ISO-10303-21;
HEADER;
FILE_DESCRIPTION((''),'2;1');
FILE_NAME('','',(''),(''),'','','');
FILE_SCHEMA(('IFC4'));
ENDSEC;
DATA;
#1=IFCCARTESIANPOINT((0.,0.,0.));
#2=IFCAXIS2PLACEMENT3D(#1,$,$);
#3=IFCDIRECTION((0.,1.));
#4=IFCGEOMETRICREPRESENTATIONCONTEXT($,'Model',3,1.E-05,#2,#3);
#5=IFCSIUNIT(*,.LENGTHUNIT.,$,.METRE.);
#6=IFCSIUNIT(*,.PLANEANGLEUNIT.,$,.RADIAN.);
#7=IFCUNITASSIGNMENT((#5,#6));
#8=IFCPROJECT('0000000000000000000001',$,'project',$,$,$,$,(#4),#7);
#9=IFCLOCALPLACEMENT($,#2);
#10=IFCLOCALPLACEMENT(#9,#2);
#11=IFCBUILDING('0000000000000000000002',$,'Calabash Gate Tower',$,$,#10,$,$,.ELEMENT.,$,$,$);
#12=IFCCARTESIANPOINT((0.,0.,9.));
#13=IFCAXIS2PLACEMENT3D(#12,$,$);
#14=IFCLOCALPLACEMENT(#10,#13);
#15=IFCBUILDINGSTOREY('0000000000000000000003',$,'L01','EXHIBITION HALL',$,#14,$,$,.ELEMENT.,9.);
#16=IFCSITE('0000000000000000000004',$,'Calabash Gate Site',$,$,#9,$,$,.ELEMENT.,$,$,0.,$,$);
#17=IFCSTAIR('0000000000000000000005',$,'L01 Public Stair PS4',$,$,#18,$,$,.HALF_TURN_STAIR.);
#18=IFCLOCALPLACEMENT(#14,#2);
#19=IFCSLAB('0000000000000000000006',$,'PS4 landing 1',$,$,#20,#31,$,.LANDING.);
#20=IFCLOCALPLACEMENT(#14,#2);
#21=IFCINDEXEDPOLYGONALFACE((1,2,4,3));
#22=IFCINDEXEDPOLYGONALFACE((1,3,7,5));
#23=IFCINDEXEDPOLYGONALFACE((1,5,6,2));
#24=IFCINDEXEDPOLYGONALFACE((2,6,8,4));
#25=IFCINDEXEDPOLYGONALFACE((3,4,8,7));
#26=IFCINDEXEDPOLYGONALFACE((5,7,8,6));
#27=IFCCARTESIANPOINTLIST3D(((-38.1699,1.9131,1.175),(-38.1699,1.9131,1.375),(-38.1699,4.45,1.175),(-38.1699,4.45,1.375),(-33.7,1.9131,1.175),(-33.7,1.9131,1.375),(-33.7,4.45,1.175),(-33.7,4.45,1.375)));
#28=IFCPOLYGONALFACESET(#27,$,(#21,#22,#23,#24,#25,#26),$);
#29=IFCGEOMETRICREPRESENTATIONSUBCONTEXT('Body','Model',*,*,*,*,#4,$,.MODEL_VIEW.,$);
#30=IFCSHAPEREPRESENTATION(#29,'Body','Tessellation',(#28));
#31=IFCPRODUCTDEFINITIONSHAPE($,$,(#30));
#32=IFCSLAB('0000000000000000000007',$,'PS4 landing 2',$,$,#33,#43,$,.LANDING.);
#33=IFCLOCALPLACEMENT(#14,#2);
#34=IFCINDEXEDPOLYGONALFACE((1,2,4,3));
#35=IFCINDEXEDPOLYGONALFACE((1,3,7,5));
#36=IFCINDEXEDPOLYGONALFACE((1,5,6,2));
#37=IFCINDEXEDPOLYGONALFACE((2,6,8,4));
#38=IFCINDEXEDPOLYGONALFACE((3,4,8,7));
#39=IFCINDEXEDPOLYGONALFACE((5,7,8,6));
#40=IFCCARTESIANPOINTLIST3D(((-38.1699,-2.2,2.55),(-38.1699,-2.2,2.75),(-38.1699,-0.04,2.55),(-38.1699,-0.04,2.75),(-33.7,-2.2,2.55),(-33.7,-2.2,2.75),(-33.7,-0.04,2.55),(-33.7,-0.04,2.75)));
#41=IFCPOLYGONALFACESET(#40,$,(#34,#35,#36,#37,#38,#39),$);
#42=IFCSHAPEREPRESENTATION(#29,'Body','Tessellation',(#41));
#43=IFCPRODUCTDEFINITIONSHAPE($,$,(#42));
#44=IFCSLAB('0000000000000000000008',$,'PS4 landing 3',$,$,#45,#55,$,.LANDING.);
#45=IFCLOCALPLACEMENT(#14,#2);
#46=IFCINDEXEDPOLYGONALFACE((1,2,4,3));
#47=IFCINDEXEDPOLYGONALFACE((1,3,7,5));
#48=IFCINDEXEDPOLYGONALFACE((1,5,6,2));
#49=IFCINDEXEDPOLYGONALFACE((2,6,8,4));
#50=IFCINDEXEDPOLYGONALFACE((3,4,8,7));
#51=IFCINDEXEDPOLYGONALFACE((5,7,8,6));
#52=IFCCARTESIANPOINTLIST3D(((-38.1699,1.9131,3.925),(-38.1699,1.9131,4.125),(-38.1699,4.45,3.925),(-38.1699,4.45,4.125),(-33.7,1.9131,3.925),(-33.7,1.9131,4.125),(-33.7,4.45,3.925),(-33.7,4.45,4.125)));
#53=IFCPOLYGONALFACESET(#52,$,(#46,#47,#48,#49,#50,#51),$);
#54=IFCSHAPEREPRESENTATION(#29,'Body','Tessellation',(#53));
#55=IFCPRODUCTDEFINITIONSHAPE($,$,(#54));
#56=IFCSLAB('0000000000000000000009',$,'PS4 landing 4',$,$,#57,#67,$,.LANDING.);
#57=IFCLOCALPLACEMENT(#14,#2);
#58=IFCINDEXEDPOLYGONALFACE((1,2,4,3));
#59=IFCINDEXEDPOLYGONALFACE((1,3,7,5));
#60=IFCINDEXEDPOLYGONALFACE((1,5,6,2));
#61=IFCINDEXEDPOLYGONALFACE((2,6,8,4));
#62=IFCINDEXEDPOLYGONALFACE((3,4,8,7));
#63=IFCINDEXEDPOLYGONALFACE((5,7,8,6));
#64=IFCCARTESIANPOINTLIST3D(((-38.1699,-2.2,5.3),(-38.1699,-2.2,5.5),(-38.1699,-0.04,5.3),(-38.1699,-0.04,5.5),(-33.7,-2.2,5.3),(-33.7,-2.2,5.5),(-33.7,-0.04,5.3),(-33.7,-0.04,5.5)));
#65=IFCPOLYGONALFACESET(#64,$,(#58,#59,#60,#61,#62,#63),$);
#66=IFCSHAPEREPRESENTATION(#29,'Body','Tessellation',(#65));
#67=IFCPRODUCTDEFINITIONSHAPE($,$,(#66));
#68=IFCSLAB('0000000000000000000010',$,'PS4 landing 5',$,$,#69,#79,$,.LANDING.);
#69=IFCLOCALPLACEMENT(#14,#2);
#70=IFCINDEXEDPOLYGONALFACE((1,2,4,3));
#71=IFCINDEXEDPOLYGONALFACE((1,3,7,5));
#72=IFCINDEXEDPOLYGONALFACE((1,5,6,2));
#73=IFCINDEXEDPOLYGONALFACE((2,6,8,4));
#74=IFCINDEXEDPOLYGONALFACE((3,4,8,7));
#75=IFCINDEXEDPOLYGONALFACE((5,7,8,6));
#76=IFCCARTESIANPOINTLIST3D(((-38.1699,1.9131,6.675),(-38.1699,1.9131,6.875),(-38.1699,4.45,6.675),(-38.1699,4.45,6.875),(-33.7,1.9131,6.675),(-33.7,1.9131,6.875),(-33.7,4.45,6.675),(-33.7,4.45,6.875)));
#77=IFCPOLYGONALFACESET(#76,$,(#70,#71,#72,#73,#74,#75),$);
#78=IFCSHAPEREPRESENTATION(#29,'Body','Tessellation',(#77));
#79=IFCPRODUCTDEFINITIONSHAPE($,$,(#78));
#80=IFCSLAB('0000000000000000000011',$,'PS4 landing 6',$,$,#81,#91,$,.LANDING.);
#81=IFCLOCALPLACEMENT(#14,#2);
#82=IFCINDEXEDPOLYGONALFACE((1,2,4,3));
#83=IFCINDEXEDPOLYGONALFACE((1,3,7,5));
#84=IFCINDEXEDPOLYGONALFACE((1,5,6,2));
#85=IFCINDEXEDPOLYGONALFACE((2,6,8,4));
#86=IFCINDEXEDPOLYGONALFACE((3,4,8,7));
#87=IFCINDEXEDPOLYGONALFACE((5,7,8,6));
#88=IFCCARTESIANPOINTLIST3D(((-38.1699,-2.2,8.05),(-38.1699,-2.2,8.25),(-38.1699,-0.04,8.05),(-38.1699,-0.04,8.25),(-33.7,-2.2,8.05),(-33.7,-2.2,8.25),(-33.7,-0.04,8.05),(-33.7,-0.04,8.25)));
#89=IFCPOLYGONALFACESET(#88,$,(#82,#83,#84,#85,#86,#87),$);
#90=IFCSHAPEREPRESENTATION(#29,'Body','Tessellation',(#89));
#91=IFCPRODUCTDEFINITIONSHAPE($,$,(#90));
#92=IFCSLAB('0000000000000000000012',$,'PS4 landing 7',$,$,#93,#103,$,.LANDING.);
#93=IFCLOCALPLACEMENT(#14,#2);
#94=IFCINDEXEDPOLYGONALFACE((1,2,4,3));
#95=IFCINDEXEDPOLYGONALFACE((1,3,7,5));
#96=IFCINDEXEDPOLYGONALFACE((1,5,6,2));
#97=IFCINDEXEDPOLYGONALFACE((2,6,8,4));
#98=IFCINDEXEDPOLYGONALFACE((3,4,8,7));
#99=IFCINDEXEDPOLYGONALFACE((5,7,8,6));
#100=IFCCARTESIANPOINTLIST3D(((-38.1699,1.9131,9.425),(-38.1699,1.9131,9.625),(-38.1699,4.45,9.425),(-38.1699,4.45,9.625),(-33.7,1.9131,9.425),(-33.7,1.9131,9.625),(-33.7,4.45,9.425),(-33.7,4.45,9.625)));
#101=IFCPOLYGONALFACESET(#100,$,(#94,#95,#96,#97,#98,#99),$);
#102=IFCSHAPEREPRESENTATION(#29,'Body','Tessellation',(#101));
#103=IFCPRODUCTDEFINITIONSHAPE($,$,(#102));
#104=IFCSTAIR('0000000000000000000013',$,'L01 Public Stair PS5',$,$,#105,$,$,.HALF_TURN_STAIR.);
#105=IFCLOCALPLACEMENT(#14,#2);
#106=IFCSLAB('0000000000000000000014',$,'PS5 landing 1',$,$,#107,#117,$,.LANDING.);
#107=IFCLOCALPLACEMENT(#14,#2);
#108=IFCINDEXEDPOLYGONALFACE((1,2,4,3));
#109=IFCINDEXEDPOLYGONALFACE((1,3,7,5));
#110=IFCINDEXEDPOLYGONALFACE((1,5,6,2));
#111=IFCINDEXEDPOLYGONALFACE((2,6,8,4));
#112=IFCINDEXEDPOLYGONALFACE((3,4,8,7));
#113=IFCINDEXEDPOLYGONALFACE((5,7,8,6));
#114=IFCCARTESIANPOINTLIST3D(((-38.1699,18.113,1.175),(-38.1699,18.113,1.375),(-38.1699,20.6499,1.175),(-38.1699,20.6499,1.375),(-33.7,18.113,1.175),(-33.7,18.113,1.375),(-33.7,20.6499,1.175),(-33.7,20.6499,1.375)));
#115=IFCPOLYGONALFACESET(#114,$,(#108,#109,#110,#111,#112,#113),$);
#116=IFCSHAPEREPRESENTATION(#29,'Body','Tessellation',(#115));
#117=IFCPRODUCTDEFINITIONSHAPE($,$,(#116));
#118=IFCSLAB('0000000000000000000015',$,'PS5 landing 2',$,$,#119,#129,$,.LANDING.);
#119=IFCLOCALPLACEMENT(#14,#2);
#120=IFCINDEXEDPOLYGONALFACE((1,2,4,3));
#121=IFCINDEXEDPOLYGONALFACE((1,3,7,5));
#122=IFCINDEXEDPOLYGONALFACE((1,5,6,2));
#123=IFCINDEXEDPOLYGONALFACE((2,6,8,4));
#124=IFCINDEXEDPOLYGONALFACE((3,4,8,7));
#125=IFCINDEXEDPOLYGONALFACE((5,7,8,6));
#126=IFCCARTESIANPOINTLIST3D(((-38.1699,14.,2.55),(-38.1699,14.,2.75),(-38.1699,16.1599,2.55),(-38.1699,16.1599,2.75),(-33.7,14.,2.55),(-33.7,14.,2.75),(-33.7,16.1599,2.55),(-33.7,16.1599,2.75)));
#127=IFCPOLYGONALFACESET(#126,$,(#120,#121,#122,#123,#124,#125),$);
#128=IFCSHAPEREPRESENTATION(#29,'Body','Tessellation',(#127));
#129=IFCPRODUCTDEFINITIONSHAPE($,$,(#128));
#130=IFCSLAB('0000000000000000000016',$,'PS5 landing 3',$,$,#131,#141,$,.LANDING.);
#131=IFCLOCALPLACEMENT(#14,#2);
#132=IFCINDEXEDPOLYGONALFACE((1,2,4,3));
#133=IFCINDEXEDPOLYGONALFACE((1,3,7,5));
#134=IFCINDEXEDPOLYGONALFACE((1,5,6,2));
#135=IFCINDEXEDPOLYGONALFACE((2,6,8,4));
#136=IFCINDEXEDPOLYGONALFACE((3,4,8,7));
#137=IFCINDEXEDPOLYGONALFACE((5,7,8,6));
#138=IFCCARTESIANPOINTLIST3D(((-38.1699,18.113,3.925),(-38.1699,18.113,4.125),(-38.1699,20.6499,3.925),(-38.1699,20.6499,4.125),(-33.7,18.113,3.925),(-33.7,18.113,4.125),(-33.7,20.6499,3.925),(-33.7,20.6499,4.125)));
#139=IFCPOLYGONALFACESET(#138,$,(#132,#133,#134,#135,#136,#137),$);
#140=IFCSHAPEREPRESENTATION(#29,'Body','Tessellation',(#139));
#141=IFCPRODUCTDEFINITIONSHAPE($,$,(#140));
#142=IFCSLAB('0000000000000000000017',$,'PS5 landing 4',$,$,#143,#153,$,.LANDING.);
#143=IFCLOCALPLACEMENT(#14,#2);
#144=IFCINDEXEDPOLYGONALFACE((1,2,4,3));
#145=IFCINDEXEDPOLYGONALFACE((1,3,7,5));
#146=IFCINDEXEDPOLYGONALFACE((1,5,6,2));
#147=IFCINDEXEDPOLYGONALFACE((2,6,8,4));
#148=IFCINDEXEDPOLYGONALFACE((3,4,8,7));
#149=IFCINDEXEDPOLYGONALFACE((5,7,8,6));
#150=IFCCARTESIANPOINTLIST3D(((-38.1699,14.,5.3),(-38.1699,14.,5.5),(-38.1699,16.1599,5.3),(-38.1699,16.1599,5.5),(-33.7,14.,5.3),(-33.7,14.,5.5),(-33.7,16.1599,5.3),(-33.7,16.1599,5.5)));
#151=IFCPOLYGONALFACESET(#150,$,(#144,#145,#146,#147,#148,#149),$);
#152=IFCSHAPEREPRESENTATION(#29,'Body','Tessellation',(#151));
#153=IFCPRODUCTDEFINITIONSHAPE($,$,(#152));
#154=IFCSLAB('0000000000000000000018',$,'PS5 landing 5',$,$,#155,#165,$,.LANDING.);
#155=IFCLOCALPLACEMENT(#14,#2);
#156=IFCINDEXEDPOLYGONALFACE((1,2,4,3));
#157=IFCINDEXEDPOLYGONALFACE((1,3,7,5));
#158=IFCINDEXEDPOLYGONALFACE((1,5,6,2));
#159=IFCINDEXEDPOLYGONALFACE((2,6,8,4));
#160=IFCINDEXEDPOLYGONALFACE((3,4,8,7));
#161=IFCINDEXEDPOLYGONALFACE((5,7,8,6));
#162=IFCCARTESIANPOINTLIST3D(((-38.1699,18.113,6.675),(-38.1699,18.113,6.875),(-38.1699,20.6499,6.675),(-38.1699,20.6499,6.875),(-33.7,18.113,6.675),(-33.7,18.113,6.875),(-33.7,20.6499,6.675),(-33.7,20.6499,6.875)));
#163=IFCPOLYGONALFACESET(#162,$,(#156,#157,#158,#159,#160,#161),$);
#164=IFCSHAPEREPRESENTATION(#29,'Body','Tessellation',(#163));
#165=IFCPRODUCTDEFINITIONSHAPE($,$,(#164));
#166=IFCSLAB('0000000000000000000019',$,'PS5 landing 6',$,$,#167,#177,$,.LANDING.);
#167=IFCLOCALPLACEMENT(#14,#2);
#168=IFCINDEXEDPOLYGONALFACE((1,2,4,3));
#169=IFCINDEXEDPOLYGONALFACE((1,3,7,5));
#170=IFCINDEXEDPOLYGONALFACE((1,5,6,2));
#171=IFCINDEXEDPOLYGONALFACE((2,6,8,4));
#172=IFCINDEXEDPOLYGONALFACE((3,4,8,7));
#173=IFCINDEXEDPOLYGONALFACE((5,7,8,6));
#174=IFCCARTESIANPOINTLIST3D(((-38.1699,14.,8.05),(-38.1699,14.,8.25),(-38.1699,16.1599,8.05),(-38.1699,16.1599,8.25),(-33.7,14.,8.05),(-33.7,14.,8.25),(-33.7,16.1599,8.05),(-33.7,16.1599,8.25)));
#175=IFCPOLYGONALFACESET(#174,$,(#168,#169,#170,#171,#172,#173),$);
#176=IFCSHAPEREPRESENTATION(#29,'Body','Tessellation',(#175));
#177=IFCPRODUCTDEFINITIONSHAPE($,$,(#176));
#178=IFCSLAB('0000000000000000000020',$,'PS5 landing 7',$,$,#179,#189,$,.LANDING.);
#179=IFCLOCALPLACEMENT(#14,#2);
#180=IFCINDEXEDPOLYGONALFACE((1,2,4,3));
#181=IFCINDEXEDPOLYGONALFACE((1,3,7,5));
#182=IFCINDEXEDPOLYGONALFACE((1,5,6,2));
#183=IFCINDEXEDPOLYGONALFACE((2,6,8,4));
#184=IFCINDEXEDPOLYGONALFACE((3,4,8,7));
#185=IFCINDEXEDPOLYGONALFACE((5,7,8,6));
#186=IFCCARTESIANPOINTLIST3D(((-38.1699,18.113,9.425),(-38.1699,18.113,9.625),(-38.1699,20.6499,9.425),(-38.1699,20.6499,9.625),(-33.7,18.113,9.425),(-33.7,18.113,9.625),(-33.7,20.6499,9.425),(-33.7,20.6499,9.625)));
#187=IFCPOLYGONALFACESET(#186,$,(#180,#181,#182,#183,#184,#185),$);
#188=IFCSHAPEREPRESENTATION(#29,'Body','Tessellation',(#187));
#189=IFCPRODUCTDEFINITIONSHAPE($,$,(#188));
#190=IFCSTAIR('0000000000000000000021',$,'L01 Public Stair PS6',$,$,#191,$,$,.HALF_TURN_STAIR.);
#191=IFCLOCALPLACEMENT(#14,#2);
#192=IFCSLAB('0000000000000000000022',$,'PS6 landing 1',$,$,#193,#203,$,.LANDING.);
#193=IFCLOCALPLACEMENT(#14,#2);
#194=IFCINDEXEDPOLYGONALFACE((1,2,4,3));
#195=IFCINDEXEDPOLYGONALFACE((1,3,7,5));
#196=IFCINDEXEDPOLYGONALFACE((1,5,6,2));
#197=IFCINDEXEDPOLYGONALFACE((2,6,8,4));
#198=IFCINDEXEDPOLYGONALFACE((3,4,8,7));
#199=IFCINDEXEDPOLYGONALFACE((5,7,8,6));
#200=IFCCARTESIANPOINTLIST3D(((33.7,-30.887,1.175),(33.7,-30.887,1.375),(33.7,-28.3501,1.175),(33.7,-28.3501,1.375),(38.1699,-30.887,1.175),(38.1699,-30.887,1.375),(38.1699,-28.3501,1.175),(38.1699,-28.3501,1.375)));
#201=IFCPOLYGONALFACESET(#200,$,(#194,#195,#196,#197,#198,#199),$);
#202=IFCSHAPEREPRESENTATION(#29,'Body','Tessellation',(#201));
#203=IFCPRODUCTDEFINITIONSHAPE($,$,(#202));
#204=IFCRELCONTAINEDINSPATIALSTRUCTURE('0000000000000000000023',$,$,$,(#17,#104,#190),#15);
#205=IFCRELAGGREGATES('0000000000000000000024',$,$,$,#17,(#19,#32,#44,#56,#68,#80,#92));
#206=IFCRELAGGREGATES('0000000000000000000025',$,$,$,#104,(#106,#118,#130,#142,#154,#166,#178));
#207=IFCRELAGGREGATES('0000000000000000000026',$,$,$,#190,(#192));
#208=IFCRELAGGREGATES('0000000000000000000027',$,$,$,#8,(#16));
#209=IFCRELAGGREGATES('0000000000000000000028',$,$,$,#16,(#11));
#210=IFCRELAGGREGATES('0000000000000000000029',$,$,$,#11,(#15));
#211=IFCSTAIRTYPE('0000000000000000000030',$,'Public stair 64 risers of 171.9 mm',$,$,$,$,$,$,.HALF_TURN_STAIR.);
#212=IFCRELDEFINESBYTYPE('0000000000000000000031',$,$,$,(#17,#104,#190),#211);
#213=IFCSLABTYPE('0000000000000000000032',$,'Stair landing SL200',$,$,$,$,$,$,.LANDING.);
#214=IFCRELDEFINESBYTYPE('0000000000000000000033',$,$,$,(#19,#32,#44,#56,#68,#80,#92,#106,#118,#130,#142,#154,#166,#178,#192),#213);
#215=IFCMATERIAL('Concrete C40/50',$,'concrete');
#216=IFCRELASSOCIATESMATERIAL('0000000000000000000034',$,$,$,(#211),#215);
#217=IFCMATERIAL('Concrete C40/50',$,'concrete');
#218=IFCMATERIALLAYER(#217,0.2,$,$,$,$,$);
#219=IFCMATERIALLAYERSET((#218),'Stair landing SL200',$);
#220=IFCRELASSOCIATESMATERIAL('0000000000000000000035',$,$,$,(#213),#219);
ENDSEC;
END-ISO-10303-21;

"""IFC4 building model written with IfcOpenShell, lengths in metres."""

from ifc_helpers import new_model, si_unit, direction, frame, origin, place, context, subcontext, project, spatial, polyline, outline, extrude, material, layer, layer_set, type_object, element, aggregate, save


model = new_model("IFC4")

# Units and contexts
model_context = context("Model", 3, precision=1e-05, world=origin(), true_north=direction((0.0, 1.0)))
body_context = subcontext(model_context, "Body", "Model", "MODEL_VIEW")
ifc_project = project(units=[si_unit("LENGTHUNIT", "METRE"), si_unit("PLANEANGLEUNIT", "RADIAN")], contexts=[model_context])

# Site, building, storey
site_placement = place(None, origin())
site = spatial("IfcSite", under=ifc_project, at=site_placement, Name="Calabash Gate Site", CompositionType="ELEMENT", RefElevation=0.0)
building_placement = place(site_placement, origin())
building = spatial("IfcBuilding", under=site, at=building_placement, Name="Calabash Gate Tower", CompositionType="ELEMENT")
storey_placement = place(building_placement, frame((0.0, 0.0, 9.0)))
storey = spatial("IfcBuildingStorey", under=building, at=storey_placement, Name="L01", Description="EXHIBITION HALL", CompositionType="ELEMENT", Elevation=9.0)

# Stairs, slabs
ifc_material_1 = material(Name="Concrete C40/50", Category="concrete")
stair_type = type_object("IfcStairType", Name="Public stair 64 risers of 171.9 mm", PredefinedType="HALF_TURN_STAIR", material=ifc_material_1)
stair_1_placement = place(storey_placement, origin())
stair_1 = element("IfcStair", 1, at=stair_1_placement, inside=storey, type_object=stair_type, Name="L01 Public Stair PS4", PredefinedType="HALF_TURN_STAIR")
ifc_material_2 = material(Name="Concrete C40/50", Category="concrete")
ifc_layer = layer(ifc_material_2, 0.2)
ifc_layer_set = layer_set([ifc_layer], Name="Stair landing SL200")
slab_type = type_object("IfcSlabType", Name="Stair landing SL200", PredefinedType="LANDING", material=ifc_layer_set)
slab_1_placement = place(storey_placement, frame((0.0, 0.0, 1.175)))
slab_1 = element("IfcSlab", 2, at=slab_1_placement, type_object=slab_type, Name="PS4 landing 1", PredefinedType="LANDING", context=body_context, shape_type="SweptSolid", body=[
    extrude(outline(polyline([(-33.7, 1.9131), (-33.7, 4.45), (-38.1699, 4.45), (-38.1699, 1.9131), (-33.7, 1.9131)])), origin(), (0.0, 0.0, 1.0), 0.2),
])
slab_2_placement = place(storey_placement, frame((0.0, 0.0, 2.55)))
slab_2 = element("IfcSlab", 3, at=slab_2_placement, type_object=slab_type, Name="PS4 landing 2", PredefinedType="LANDING", context=body_context, shape_type="SweptSolid", body=[
    extrude(outline(polyline([(-33.7, -2.2), (-33.7, -0.04), (-38.1699, -0.04), (-38.1699, -2.2), (-33.7, -2.2)])), origin(), (0.0, 0.0, 1.0), 0.2),
])
slab_3_placement = place(storey_placement, frame((0.0, 0.0, 3.925)))
slab_3 = element("IfcSlab", 4, at=slab_3_placement, type_object=slab_type, Name="PS4 landing 3", PredefinedType="LANDING", context=body_context, shape_type="SweptSolid", body=[
    extrude(outline(polyline([(-33.7, 1.9131), (-33.7, 4.45), (-38.1699, 4.45), (-38.1699, 1.9131), (-33.7, 1.9131)])), origin(), (0.0, 0.0, 1.0), 0.2),
])
slab_4_placement = place(storey_placement, frame((0.0, 0.0, 5.3)))
slab_4 = element("IfcSlab", 5, at=slab_4_placement, type_object=slab_type, Name="PS4 landing 4", PredefinedType="LANDING", context=body_context, shape_type="SweptSolid", body=[
    extrude(outline(polyline([(-33.7, -2.2), (-33.7, -0.04), (-38.1699, -0.04), (-38.1699, -2.2), (-33.7, -2.2)])), origin(), (0.0, 0.0, 1.0), 0.2),
])
slab_5_placement = place(storey_placement, frame((0.0, 0.0, 6.675)))
slab_5 = element("IfcSlab", 6, at=slab_5_placement, type_object=slab_type, Name="PS4 landing 5", PredefinedType="LANDING", context=body_context, shape_type="SweptSolid", body=[
    extrude(outline(polyline([(-33.7, 1.9131), (-33.7, 4.45), (-38.1699, 4.45), (-38.1699, 1.9131), (-33.7, 1.9131)])), origin(), (0.0, 0.0, 1.0), 0.2),
])
slab_6_placement = place(storey_placement, frame((0.0, 0.0, 8.05)))
slab_6 = element("IfcSlab", 7, at=slab_6_placement, type_object=slab_type, Name="PS4 landing 6", PredefinedType="LANDING", context=body_context, shape_type="SweptSolid", body=[
    extrude(outline(polyline([(-33.7, -2.2), (-33.7, -0.04), (-38.1699, -0.04), (-38.1699, -2.2), (-33.7, -2.2)])), origin(), (0.0, 0.0, 1.0), 0.2),
])
slab_7_placement = place(storey_placement, frame((0.0, 0.0, 9.425)))
slab_7 = element("IfcSlab", 8, at=slab_7_placement, type_object=slab_type, Name="PS4 landing 7", PredefinedType="LANDING", context=body_context, shape_type="SweptSolid", body=[
    extrude(outline(polyline([(-33.7, 1.9131), (-33.7, 4.45), (-38.1699, 4.45), (-38.1699, 1.9131), (-33.7, 1.9131)])), origin(), (0.0, 0.0, 1.0), 0.2),
])
aggregate(stair_1, [slab_1, slab_2, slab_3, slab_4, slab_5, slab_6, slab_7])
stair_2_placement = place(storey_placement, origin())
stair_2 = element("IfcStair", 9, at=stair_2_placement, inside=storey, type_object=stair_type, Name="L01 Public Stair PS5", PredefinedType="HALF_TURN_STAIR")
slab_8_placement = place(storey_placement, frame((0.0, 0.0, 1.175)))
slab_8 = element("IfcSlab", 10, at=slab_8_placement, type_object=slab_type, Name="PS5 landing 1", PredefinedType="LANDING", context=body_context, shape_type="SweptSolid", body=[
    extrude(outline(polyline([(-33.7, 18.113), (-33.7, 20.6499), (-38.1699, 20.6499), (-38.1699, 18.113), (-33.7, 18.113)])), origin(), (0.0, 0.0, 1.0), 0.2),
])
slab_9_placement = place(storey_placement, frame((0.0, 0.0, 2.55)))
slab_9 = element("IfcSlab", 11, at=slab_9_placement, type_object=slab_type, Name="PS5 landing 2", PredefinedType="LANDING", context=body_context, shape_type="SweptSolid", body=[
    extrude(outline(polyline([(-33.7, 14.0), (-33.7, 16.1599), (-38.1699, 16.1599), (-38.1699, 14.0), (-33.7, 14.0)])), origin(), (0.0, 0.0, 1.0), 0.2),
])
slab_10_placement = place(storey_placement, frame((0.0, 0.0, 3.925)))
slab_10 = element("IfcSlab", 12, at=slab_10_placement, type_object=slab_type, Name="PS5 landing 3", PredefinedType="LANDING", context=body_context, shape_type="SweptSolid", body=[
    extrude(outline(polyline([(-33.7, 18.113), (-33.7, 20.6499), (-38.1699, 20.6499), (-38.1699, 18.113), (-33.7, 18.113)])), origin(), (0.0, 0.0, 1.0), 0.2),
])
slab_11_placement = place(storey_placement, frame((0.0, 0.0, 5.3)))
slab_11 = element("IfcSlab", 13, at=slab_11_placement, type_object=slab_type, Name="PS5 landing 4", PredefinedType="LANDING", context=body_context, shape_type="SweptSolid", body=[
    extrude(outline(polyline([(-33.7, 14.0), (-33.7, 16.1599), (-38.1699, 16.1599), (-38.1699, 14.0), (-33.7, 14.0)])), origin(), (0.0, 0.0, 1.0), 0.2),
])
slab_12_placement = place(storey_placement, frame((0.0, 0.0, 6.675)))
slab_12 = element("IfcSlab", 14, at=slab_12_placement, type_object=slab_type, Name="PS5 landing 5", PredefinedType="LANDING", context=body_context, shape_type="SweptSolid", body=[
    extrude(outline(polyline([(-33.7, 18.113), (-33.7, 20.6499), (-38.1699, 20.6499), (-38.1699, 18.113), (-33.7, 18.113)])), origin(), (0.0, 0.0, 1.0), 0.2),
])
slab_13_placement = place(storey_placement, frame((0.0, 0.0, 8.05)))
slab_13 = element("IfcSlab", 15, at=slab_13_placement, type_object=slab_type, Name="PS5 landing 6", PredefinedType="LANDING", context=body_context, shape_type="SweptSolid", body=[
    extrude(outline(polyline([(-33.7, 14.0), (-33.7, 16.1599), (-38.1699, 16.1599), (-38.1699, 14.0), (-33.7, 14.0)])), origin(), (0.0, 0.0, 1.0), 0.2),
])
slab_14_placement = place(storey_placement, frame((0.0, 0.0, 9.425)))
slab_14 = element("IfcSlab", 16, at=slab_14_placement, type_object=slab_type, Name="PS5 landing 7", PredefinedType="LANDING", context=body_context, shape_type="SweptSolid", body=[
    extrude(outline(polyline([(-33.7, 18.113), (-33.7, 20.6499), (-38.1699, 20.6499), (-38.1699, 18.113), (-33.7, 18.113)])), origin(), (0.0, 0.0, 1.0), 0.2),
])
aggregate(stair_2, [slab_8, slab_9, slab_10, slab_11, slab_12, slab_13, slab_14])
stair_3_placement = place(storey_placement, origin())
stair_3 = element("IfcStair", 17, at=stair_3_placement, inside=storey, type_object=stair_type, Name="L01 Public Stair PS6", PredefinedType="HALF_TURN_STAIR")
slab_15_placement = place(storey_placement, frame((0.0, 0.0, 1.175)))
slab_15 = element("IfcSlab", 18, at=slab_15_placement, type_object=slab_type, Name="PS6 landing 1", PredefinedType="LANDING", context=body_context, shape_type="SweptSolid", body=[
    extrude(outline(polyline([(38.1699, -30.887), (38.1699, -28.3501), (33.7, -28.3501), (33.7, -30.887), (38.1699, -30.887)])), origin(), (0.0, 0.0, 1.0), 0.2),
])
aggregate(stair_3, [slab_15])

save(model, "model.ifc")
